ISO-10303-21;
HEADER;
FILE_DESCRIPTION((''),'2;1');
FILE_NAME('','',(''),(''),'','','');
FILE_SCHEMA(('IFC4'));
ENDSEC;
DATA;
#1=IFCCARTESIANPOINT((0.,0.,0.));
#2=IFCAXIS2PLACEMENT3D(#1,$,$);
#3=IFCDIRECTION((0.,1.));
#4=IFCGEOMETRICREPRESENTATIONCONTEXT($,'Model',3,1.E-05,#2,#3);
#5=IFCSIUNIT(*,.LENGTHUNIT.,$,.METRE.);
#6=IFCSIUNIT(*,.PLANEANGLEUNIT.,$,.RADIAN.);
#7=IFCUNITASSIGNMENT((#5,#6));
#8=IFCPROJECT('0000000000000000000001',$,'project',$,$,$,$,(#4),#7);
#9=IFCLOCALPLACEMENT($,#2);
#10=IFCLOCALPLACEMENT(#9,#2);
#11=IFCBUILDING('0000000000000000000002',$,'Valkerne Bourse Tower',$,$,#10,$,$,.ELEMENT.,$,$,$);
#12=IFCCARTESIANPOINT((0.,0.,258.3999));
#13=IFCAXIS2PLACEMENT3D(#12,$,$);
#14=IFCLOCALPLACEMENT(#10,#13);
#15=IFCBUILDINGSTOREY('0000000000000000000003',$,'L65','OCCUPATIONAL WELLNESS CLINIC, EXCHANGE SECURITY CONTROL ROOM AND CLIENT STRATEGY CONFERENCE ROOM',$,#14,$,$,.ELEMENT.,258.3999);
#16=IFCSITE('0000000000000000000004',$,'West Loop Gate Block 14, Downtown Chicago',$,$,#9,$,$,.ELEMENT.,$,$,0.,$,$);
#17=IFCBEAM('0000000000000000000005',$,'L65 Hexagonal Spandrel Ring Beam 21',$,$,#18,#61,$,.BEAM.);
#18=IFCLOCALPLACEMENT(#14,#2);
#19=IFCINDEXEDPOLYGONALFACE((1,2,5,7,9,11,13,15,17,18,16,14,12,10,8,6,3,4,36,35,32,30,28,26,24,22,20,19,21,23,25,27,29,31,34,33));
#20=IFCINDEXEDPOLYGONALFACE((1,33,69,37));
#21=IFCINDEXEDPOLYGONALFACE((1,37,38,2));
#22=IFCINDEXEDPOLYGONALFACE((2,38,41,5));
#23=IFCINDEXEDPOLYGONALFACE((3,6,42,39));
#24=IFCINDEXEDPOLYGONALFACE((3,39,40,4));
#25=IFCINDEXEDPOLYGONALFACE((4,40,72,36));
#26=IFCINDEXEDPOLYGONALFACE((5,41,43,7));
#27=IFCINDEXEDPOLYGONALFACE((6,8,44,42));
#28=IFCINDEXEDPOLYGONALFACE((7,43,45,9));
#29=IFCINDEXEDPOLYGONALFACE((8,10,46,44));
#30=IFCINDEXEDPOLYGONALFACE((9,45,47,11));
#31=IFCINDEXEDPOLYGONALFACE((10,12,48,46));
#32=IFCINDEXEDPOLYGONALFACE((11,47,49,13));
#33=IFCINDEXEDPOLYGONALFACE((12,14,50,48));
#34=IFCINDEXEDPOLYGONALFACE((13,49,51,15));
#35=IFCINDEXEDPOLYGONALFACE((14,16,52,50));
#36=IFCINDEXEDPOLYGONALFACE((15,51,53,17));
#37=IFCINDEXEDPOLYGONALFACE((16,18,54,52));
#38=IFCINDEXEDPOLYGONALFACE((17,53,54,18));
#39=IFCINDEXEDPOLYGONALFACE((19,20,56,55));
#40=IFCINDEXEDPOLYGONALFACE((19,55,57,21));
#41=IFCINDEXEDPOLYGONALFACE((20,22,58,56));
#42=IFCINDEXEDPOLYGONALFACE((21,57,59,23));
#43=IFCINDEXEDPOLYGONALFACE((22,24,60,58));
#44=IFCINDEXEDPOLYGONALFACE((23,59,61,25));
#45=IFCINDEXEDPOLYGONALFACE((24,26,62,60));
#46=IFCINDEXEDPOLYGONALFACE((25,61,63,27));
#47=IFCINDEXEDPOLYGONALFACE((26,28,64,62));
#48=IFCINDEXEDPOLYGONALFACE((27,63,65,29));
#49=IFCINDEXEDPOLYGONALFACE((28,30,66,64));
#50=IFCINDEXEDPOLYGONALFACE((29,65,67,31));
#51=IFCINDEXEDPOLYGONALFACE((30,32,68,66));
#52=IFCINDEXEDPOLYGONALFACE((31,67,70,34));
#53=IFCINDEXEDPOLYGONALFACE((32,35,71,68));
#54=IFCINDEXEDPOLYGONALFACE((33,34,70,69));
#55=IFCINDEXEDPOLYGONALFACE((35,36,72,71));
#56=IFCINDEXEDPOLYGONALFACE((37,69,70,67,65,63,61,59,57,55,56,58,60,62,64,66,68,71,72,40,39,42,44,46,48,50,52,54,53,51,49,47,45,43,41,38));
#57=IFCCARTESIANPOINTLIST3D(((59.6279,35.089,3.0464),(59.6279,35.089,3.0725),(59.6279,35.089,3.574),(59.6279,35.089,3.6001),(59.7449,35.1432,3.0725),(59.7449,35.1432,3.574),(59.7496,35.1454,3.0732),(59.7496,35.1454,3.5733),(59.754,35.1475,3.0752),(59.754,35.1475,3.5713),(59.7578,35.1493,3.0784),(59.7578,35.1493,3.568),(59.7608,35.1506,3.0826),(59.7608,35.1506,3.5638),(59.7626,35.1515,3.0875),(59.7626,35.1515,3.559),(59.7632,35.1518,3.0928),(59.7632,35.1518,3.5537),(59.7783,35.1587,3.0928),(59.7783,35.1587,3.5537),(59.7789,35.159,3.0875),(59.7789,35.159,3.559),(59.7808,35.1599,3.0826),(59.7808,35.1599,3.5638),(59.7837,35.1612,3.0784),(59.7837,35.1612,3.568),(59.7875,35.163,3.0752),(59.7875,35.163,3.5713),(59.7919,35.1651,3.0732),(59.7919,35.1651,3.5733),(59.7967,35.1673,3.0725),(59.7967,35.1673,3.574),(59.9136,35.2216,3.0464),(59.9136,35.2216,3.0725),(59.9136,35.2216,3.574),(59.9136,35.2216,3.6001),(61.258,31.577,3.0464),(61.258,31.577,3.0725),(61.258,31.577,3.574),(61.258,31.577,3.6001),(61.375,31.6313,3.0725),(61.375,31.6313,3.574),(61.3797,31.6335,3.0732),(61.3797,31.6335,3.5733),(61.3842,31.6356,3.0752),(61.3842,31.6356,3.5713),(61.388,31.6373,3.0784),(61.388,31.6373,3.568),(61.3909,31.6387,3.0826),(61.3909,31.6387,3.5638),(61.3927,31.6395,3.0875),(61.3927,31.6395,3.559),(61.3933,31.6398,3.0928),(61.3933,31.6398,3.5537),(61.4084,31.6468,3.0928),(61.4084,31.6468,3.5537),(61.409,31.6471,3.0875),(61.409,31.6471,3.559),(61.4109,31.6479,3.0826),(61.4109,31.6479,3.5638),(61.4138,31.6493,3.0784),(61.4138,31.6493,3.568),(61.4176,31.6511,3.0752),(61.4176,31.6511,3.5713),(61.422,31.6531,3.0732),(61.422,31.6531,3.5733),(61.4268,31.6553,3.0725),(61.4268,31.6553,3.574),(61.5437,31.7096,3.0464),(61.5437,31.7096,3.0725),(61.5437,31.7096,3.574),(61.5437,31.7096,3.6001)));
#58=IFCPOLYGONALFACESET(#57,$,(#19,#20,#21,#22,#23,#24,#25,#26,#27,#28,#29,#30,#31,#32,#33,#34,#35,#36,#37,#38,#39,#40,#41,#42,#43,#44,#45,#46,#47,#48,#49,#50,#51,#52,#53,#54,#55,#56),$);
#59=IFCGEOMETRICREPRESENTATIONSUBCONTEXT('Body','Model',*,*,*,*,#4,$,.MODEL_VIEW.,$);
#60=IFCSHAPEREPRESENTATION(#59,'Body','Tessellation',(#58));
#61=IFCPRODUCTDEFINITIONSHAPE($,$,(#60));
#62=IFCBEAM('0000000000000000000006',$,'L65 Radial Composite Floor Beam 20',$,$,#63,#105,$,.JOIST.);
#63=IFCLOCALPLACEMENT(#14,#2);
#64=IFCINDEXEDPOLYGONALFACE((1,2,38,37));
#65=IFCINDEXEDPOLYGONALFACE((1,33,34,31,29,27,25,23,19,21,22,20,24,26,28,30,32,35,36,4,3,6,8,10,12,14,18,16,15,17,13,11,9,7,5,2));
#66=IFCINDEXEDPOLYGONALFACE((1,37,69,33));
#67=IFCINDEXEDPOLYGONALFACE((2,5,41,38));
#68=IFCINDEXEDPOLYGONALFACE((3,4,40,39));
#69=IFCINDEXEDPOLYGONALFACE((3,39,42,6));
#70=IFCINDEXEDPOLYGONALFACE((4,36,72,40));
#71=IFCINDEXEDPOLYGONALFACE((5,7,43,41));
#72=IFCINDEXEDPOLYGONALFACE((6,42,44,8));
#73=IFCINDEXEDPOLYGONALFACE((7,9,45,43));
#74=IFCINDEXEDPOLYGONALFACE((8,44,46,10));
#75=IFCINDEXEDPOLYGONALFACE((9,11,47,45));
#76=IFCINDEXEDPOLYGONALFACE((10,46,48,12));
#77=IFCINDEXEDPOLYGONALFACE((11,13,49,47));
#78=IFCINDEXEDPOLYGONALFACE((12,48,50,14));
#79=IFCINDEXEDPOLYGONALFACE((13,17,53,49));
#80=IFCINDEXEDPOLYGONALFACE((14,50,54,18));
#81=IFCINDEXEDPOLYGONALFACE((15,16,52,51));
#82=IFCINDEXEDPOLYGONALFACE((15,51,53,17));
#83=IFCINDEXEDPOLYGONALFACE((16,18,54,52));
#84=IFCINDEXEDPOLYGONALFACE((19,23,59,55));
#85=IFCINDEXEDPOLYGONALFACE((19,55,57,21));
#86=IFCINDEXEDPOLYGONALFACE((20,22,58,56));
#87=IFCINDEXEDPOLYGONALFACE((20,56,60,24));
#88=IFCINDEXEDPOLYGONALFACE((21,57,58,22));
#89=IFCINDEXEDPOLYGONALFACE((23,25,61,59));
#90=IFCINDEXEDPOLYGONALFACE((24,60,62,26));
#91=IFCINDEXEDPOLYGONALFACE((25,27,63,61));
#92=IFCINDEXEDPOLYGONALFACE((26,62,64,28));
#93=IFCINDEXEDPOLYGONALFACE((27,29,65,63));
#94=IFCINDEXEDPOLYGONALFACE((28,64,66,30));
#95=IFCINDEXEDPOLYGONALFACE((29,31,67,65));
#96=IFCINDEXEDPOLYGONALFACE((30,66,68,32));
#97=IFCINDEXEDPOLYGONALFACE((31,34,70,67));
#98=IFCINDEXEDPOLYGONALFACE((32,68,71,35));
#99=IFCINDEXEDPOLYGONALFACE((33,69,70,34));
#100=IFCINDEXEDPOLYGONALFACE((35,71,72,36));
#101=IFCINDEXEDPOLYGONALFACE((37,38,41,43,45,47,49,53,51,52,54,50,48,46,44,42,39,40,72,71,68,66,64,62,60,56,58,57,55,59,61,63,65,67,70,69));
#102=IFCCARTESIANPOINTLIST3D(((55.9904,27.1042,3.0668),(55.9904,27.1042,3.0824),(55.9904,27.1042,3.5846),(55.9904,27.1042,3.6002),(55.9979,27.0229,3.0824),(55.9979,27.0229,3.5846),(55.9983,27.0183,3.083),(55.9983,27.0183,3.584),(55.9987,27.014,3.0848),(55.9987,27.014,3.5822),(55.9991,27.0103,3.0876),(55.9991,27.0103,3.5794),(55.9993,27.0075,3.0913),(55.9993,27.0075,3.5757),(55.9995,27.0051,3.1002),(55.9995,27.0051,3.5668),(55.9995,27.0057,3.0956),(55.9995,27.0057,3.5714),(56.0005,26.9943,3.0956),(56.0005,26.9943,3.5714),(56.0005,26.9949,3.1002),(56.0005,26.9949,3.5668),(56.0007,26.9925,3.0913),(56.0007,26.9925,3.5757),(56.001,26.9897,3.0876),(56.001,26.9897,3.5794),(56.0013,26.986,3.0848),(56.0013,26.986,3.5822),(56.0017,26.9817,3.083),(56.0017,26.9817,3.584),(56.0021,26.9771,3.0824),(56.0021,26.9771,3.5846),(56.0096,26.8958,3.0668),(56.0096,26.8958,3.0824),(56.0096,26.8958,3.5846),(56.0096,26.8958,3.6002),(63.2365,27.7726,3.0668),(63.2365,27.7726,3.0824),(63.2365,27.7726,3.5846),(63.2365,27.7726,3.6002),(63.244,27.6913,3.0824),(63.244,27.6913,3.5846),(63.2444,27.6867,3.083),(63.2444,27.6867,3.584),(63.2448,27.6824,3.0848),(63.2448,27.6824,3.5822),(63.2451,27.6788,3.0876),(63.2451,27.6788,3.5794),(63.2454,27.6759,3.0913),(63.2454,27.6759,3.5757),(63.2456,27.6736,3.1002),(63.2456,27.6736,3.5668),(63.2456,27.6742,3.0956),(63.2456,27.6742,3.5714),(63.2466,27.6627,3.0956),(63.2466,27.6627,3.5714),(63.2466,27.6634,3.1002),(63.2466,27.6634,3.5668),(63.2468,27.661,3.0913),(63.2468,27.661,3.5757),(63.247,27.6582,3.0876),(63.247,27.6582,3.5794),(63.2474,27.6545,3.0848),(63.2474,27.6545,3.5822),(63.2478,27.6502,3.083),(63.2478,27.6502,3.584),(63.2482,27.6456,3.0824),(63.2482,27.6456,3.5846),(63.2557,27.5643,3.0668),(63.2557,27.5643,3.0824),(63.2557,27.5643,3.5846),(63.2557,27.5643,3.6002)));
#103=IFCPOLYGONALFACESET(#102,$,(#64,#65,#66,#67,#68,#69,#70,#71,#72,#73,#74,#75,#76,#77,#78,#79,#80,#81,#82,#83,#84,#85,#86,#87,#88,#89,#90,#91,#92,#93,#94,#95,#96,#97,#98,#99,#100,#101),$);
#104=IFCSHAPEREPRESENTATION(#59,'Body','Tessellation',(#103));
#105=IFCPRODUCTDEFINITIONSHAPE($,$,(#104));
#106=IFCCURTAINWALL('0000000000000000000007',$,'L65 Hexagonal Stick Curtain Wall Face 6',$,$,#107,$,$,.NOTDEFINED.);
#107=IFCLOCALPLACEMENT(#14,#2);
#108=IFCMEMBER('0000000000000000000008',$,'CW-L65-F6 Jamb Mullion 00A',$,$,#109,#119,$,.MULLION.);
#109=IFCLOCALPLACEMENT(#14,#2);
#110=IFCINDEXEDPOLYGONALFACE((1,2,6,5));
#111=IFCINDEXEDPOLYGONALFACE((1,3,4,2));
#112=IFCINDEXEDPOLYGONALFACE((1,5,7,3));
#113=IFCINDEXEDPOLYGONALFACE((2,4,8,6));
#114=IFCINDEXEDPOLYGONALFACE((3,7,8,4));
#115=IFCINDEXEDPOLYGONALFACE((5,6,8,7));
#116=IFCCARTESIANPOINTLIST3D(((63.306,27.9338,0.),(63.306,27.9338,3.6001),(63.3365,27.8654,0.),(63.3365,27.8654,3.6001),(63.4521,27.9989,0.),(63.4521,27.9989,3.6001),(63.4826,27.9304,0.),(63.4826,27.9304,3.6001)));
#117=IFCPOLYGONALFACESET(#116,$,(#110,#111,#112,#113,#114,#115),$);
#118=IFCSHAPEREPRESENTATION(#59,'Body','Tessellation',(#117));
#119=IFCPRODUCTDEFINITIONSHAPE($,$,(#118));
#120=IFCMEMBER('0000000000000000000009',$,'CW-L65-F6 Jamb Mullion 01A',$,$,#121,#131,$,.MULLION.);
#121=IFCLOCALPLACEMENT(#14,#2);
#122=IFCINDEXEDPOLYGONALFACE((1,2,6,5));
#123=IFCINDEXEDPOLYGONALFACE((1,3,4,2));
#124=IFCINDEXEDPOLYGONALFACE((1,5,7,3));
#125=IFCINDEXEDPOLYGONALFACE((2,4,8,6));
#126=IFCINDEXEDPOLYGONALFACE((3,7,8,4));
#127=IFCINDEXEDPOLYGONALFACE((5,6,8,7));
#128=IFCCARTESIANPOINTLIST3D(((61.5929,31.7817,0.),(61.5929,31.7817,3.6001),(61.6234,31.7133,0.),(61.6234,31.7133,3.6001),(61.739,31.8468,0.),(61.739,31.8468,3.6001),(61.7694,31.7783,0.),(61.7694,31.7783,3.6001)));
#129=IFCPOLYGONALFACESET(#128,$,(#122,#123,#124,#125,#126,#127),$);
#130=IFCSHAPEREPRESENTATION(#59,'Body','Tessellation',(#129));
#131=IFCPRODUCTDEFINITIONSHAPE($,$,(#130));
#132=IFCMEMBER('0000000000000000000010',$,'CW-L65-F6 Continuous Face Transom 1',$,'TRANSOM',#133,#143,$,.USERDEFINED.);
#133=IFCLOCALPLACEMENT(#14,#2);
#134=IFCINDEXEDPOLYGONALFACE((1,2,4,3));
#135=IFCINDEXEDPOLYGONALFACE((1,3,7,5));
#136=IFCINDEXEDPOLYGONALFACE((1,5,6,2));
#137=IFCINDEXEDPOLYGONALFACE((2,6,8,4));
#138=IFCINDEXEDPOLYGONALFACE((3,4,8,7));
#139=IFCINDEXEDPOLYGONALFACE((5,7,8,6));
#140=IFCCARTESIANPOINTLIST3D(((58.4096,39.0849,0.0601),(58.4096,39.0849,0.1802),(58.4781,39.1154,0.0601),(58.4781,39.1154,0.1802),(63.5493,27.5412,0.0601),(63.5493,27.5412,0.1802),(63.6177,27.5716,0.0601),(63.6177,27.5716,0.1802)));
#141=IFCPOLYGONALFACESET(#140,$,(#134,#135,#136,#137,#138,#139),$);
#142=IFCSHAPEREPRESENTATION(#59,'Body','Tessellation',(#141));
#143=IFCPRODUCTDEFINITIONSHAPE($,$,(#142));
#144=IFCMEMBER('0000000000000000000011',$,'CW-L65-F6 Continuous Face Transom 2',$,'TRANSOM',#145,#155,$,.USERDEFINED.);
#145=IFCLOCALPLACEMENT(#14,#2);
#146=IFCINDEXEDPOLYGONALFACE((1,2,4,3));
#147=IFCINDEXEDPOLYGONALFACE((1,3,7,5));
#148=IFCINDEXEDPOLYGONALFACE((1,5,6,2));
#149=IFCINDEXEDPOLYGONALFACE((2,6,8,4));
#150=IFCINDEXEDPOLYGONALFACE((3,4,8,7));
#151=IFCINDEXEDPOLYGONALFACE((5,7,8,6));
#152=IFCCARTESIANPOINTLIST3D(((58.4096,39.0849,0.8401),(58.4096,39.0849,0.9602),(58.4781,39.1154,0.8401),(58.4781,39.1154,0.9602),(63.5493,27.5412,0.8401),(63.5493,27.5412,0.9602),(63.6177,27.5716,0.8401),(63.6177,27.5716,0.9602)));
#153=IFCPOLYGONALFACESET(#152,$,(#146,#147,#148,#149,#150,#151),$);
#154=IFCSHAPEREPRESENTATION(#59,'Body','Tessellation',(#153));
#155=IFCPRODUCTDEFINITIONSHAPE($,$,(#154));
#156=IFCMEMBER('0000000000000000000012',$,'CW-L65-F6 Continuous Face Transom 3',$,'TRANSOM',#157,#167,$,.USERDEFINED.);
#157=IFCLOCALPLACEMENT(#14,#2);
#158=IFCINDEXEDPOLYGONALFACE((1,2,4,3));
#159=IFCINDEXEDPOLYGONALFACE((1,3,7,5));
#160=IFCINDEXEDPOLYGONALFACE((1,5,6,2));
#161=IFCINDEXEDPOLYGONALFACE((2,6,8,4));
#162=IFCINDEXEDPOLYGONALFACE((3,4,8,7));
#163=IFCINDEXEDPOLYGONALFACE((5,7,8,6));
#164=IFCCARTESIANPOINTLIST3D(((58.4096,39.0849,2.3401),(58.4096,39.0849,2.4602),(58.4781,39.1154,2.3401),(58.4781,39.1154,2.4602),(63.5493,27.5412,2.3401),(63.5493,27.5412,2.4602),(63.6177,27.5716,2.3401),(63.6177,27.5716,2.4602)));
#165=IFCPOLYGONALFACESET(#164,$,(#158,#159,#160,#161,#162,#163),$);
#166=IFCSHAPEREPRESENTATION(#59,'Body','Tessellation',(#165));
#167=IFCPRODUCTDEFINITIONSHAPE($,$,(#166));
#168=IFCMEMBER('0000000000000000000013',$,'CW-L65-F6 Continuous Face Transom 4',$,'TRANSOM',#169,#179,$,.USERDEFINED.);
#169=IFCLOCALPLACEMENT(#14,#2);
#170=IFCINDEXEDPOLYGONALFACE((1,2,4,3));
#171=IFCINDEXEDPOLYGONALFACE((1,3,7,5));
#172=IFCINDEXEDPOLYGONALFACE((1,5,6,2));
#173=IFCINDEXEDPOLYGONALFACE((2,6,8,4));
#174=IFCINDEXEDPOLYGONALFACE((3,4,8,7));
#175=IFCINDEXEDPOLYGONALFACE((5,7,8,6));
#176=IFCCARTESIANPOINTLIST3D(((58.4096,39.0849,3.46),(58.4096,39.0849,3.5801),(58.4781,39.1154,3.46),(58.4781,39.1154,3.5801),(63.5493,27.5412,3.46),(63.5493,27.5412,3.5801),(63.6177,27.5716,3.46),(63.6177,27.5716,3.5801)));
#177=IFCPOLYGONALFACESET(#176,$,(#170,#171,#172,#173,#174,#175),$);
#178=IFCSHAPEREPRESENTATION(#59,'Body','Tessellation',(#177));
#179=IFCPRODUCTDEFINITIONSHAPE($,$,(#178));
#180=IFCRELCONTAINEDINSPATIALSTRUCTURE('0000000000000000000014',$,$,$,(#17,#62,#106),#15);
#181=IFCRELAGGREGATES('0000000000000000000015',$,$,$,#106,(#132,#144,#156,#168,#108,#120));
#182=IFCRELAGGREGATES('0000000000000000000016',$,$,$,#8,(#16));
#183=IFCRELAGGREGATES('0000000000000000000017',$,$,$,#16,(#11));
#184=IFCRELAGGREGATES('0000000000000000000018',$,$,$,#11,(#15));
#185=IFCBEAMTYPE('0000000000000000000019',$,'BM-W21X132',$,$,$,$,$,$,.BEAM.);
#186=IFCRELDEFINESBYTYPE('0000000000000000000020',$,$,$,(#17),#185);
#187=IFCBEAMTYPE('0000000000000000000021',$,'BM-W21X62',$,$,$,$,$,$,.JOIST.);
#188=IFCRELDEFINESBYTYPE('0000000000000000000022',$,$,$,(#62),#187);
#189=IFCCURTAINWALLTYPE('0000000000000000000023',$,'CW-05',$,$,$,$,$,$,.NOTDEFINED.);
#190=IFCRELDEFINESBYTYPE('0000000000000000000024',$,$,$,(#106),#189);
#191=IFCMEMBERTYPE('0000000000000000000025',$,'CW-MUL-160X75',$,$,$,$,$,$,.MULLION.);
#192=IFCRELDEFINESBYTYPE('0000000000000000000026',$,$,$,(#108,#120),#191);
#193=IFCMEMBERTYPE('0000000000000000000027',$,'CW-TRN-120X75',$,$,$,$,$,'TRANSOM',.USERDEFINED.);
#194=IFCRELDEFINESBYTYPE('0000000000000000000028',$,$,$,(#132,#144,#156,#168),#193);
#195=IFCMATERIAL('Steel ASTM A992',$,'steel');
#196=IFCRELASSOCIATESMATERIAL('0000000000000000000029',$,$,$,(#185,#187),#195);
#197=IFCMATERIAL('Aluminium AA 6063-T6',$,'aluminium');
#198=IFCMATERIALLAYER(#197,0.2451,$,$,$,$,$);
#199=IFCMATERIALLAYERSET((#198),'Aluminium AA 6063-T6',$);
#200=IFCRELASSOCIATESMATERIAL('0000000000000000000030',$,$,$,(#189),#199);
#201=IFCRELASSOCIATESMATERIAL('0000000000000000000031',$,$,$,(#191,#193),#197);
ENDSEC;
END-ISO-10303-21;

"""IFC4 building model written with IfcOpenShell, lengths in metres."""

from ifc_helpers import new_model, si_unit, direction, frame, origin, origin_2d, place, context, subcontext, project, spatial, rectangle, i_section, extrude, material, layer, layer_set, material_profile, profile_set, type_object, element, aggregate, save


model = new_model("IFC4")

# Units and contexts
model_context = context("Model", 3, precision=1e-05, world=origin(), true_north=direction((0.0, 1.0)))
body_context = subcontext(model_context, "Body", "Model", "MODEL_VIEW")
ifc_project = project(units=[si_unit("LENGTHUNIT", "METRE"), si_unit("PLANEANGLEUNIT", "RADIAN")], contexts=[model_context])

# Site, building, storey
site_placement = place(None, origin())
site = spatial("IfcSite", under=ifc_project, at=site_placement, Name="West Loop Gate Block 14, Downtown Chicago", CompositionType="ELEMENT", RefElevation=0.0)
building_placement = place(site_placement, origin())
building = spatial("IfcBuilding", under=site, at=building_placement, Name="Valkerne Bourse Tower", CompositionType="ELEMENT")
storey_placement = place(building_placement, frame((0.0, 0.0, 258.3999)))
storey = spatial("IfcBuildingStorey", under=building, at=storey_placement, Name="L65", Description="OCCUPATIONAL WELLNESS CLINIC, EXCHANGE SECURITY CONTROL ROOM AND CLIENT STRATEGY CONFERENCE ROOM", CompositionType="ELEMENT", Elevation=258.3999)

# Beams
ifc_material_1 = material(Name="Steel ASTM A992", Category="steel")
ifc_material_profile_1 = material_profile(ifc_material_1, i_section(OverallWidth=0.3149, OverallDepth=0.5537, WebThickness=0.0166, FlangeThickness=0.0261, FilletRadius=0.0203, at=origin_2d()), Name="W21X132")
ifc_profile_set_1 = profile_set([ifc_material_profile_1], Name="Steel ASTM A992")
beam_type_1 = type_object("IfcBeamType", Name="BM-W21X132", PredefinedType="BEAM", material=ifc_profile_set_1)
for number, where, z_axis, x_axis, name in (
    (1, (61.4009, 31.6433, 3.3232), (-0.421021, 0.907051, 0.0), (-0.907051, -0.421021, 0.0), "L65 Hexagonal Spandrel Ring Beam 21"),
):
    element("IfcBeam", number, at=place(storey_placement, frame(where, z_axis=z_axis, x_axis=x_axis)), inside=storey, type_object=beam_type_1, Name=name, PredefinedType="BEAM", context=body_context, shape_type="SweptSolid", body=[
        extrude(i_section(OverallWidth=0.3149, OverallDepth=0.5537, WebThickness=0.0166, FlangeThickness=0.0261, FilletRadius=0.0203, at=origin_2d()), origin(), (0.0, 0.0, 1.0), 3.8718),
    ])
ifc_material_profile_2 = material_profile(ifc_material_1, i_section(OverallWidth=0.2092, OverallDepth=0.5334, WebThickness=0.0103, FlangeThickness=0.0156, FilletRadius=0.0178, at=origin_2d()), Name="W21X62")
ifc_profile_set_2 = profile_set([ifc_material_profile_2], Name="Steel ASTM A992")
beam_type_2 = type_object("IfcBeamType", Name="BM-W21X62", PredefinedType="JOIST", material=ifc_profile_set_2)
beam_placement = place(storey_placement, frame((63.2461, 27.6685, 3.3335), z_axis=(-0.995772, -0.091861, 0.0), x_axis=(0.091861, -0.995772, 0.0)))
element("IfcBeam", 2, at=beam_placement, inside=storey, type_object=beam_type_2, Name="L65 Radial Composite Floor Beam 20", PredefinedType="JOIST", context=body_context, shape_type="SweptSolid", body=[
    extrude(i_section(OverallWidth=0.2092, OverallDepth=0.5334, WebThickness=0.0103, FlangeThickness=0.0156, FilletRadius=0.0178, at=origin_2d()), origin(), (0.0, 0.0, 1.0), 7.2769),
])

# Curtain wall, members
ifc_material_2 = material(Name="Aluminium AA 6063-T6", Category="aluminium")
ifc_layer_1 = layer(ifc_material_2, 0.2451)
ifc_layer_set_1 = layer_set([ifc_layer_1], Name="Aluminium AA 6063-T6")
curtain_wall_type = type_object("IfcCurtainWallType", Name="CW-05", PredefinedType="NOTDEFINED", material=ifc_layer_set_1)
curtain_wall_placement = place(storey_placement, origin())
curtain_wall = element("IfcCurtainWall", 3, at=curtain_wall_placement, inside=storey, type_object=curtain_wall_type, Name="L65 Hexagonal Stick Curtain Wall Face 6", PredefinedType="NOTDEFINED")
ifc_material_profile_3 = material_profile(ifc_material_2, rectangle(XDim=0.075, YDim=0.1599, at=origin_2d()), Name="CWM-75X160")
ifc_profile_set_3 = profile_set([ifc_material_profile_3], Name="Aluminium AA 6063-T6")
member_type_1 = type_object("IfcMemberType", Name="CW-MUL-160X75", PredefinedType="MULLION", material=ifc_profile_set_3)
member_1_placement = place(storey_placement, frame((63.3943, 27.9321, 0.0), z_axis=(0.0, 0.0, 1.0), x_axis=(-0.406738, 0.913545, 0.0)))
member_1 = element("IfcMember", 4, at=member_1_placement, type_object=member_type_1, Name="CW-L65-F6 Jamb Mullion 00A", PredefinedType="MULLION", context=body_context, shape_type="SweptSolid", body=[
    extrude(rectangle(XDim=0.075, YDim=0.1599, at=origin_2d()), origin(), (0.0, 0.0, 1.0), 3.6001),
])
member_2_placement = place(storey_placement, frame((61.6812, 31.78, 0.0), z_axis=(0.0, 0.0, 1.0), x_axis=(-0.406727, 0.91355, 0.0)))
member_2 = element("IfcMember", 5, at=member_2_placement, type_object=member_type_1, Name="CW-L65-F6 Jamb Mullion 01A", PredefinedType="MULLION", context=body_context, shape_type="SweptSolid", body=[
    extrude(rectangle(XDim=0.075, YDim=0.1599, at=origin_2d()), origin(), (0.0, 0.0, 1.0), 3.6001),
])
ifc_material_profile_4 = material_profile(ifc_material_2, rectangle(XDim=0.075, YDim=0.1201, at=origin_2d()), Name="CWT-75X120")
ifc_profile_set_4 = profile_set([ifc_material_profile_4], Name="Aluminium AA 6063-T6")
member_type_2 = type_object("IfcMemberType", Name="CW-TRN-120X75", ElementType="TRANSOM", PredefinedType="USERDEFINED", material=ifc_profile_set_4)
member_3_placement = place(storey_placement, frame((63.5835, 27.5564, 0.1201), z_axis=(-0.406741, 0.913544, 0.0), x_axis=(-0.913544, -0.406741, 0.0)))
member_3 = element("IfcMember", 6, at=member_3_placement, type_object=member_type_2, Name="CW-L65-F6 Continuous Face Transom 1", ObjectType="TRANSOM", PredefinedType="USERDEFINED", context=body_context, shape_type="SweptSolid", body=[
    extrude(rectangle(XDim=0.075, YDim=0.1201, at=origin_2d()), origin(), (0.0, 0.0, 1.0), 12.6362),
])
member_4_placement = place(storey_placement, frame((63.5835, 27.5564, 0.9001), z_axis=(-0.406741, 0.913544, 0.0), x_axis=(-0.913544, -0.406741, 0.0)))
member_4 = element("IfcMember", 7, at=member_4_placement, type_object=member_type_2, Name="CW-L65-F6 Continuous Face Transom 2", ObjectType="TRANSOM", PredefinedType="USERDEFINED", context=body_context, shape_type="SweptSolid", body=[
    extrude(rectangle(XDim=0.075, YDim=0.1201, at=origin_2d()), origin(), (0.0, 0.0, 1.0), 12.6362),
])
member_5_placement = place(storey_placement, frame((63.5835, 27.5564, 2.4001), z_axis=(-0.406741, 0.913544, 0.0), x_axis=(-0.913544, -0.406741, 0.0)))
member_5 = element("IfcMember", 8, at=member_5_placement, type_object=member_type_2, Name="CW-L65-F6 Continuous Face Transom 3", ObjectType="TRANSOM", PredefinedType="USERDEFINED", context=body_context, shape_type="SweptSolid", body=[
    extrude(rectangle(XDim=0.075, YDim=0.1201, at=origin_2d()), origin(), (0.0, 0.0, 1.0), 12.6362),
])
member_6_placement = place(storey_placement, frame((63.5835, 27.5564, 3.52), z_axis=(-0.406741, 0.913544, 0.0), x_axis=(-0.913544, -0.406741, 0.0)))
member_6 = element("IfcMember", 9, at=member_6_placement, type_object=member_type_2, Name="CW-L65-F6 Continuous Face Transom 4", ObjectType="TRANSOM", PredefinedType="USERDEFINED", context=body_context, shape_type="SweptSolid", body=[
    extrude(rectangle(XDim=0.075, YDim=0.1201, at=origin_2d()), origin(), (0.0, 0.0, 1.0), 12.6362),
])

aggregate(curtain_wall, [member_3, member_4, member_5, member_6, member_1, member_2])

save(model, "model.ifc")
